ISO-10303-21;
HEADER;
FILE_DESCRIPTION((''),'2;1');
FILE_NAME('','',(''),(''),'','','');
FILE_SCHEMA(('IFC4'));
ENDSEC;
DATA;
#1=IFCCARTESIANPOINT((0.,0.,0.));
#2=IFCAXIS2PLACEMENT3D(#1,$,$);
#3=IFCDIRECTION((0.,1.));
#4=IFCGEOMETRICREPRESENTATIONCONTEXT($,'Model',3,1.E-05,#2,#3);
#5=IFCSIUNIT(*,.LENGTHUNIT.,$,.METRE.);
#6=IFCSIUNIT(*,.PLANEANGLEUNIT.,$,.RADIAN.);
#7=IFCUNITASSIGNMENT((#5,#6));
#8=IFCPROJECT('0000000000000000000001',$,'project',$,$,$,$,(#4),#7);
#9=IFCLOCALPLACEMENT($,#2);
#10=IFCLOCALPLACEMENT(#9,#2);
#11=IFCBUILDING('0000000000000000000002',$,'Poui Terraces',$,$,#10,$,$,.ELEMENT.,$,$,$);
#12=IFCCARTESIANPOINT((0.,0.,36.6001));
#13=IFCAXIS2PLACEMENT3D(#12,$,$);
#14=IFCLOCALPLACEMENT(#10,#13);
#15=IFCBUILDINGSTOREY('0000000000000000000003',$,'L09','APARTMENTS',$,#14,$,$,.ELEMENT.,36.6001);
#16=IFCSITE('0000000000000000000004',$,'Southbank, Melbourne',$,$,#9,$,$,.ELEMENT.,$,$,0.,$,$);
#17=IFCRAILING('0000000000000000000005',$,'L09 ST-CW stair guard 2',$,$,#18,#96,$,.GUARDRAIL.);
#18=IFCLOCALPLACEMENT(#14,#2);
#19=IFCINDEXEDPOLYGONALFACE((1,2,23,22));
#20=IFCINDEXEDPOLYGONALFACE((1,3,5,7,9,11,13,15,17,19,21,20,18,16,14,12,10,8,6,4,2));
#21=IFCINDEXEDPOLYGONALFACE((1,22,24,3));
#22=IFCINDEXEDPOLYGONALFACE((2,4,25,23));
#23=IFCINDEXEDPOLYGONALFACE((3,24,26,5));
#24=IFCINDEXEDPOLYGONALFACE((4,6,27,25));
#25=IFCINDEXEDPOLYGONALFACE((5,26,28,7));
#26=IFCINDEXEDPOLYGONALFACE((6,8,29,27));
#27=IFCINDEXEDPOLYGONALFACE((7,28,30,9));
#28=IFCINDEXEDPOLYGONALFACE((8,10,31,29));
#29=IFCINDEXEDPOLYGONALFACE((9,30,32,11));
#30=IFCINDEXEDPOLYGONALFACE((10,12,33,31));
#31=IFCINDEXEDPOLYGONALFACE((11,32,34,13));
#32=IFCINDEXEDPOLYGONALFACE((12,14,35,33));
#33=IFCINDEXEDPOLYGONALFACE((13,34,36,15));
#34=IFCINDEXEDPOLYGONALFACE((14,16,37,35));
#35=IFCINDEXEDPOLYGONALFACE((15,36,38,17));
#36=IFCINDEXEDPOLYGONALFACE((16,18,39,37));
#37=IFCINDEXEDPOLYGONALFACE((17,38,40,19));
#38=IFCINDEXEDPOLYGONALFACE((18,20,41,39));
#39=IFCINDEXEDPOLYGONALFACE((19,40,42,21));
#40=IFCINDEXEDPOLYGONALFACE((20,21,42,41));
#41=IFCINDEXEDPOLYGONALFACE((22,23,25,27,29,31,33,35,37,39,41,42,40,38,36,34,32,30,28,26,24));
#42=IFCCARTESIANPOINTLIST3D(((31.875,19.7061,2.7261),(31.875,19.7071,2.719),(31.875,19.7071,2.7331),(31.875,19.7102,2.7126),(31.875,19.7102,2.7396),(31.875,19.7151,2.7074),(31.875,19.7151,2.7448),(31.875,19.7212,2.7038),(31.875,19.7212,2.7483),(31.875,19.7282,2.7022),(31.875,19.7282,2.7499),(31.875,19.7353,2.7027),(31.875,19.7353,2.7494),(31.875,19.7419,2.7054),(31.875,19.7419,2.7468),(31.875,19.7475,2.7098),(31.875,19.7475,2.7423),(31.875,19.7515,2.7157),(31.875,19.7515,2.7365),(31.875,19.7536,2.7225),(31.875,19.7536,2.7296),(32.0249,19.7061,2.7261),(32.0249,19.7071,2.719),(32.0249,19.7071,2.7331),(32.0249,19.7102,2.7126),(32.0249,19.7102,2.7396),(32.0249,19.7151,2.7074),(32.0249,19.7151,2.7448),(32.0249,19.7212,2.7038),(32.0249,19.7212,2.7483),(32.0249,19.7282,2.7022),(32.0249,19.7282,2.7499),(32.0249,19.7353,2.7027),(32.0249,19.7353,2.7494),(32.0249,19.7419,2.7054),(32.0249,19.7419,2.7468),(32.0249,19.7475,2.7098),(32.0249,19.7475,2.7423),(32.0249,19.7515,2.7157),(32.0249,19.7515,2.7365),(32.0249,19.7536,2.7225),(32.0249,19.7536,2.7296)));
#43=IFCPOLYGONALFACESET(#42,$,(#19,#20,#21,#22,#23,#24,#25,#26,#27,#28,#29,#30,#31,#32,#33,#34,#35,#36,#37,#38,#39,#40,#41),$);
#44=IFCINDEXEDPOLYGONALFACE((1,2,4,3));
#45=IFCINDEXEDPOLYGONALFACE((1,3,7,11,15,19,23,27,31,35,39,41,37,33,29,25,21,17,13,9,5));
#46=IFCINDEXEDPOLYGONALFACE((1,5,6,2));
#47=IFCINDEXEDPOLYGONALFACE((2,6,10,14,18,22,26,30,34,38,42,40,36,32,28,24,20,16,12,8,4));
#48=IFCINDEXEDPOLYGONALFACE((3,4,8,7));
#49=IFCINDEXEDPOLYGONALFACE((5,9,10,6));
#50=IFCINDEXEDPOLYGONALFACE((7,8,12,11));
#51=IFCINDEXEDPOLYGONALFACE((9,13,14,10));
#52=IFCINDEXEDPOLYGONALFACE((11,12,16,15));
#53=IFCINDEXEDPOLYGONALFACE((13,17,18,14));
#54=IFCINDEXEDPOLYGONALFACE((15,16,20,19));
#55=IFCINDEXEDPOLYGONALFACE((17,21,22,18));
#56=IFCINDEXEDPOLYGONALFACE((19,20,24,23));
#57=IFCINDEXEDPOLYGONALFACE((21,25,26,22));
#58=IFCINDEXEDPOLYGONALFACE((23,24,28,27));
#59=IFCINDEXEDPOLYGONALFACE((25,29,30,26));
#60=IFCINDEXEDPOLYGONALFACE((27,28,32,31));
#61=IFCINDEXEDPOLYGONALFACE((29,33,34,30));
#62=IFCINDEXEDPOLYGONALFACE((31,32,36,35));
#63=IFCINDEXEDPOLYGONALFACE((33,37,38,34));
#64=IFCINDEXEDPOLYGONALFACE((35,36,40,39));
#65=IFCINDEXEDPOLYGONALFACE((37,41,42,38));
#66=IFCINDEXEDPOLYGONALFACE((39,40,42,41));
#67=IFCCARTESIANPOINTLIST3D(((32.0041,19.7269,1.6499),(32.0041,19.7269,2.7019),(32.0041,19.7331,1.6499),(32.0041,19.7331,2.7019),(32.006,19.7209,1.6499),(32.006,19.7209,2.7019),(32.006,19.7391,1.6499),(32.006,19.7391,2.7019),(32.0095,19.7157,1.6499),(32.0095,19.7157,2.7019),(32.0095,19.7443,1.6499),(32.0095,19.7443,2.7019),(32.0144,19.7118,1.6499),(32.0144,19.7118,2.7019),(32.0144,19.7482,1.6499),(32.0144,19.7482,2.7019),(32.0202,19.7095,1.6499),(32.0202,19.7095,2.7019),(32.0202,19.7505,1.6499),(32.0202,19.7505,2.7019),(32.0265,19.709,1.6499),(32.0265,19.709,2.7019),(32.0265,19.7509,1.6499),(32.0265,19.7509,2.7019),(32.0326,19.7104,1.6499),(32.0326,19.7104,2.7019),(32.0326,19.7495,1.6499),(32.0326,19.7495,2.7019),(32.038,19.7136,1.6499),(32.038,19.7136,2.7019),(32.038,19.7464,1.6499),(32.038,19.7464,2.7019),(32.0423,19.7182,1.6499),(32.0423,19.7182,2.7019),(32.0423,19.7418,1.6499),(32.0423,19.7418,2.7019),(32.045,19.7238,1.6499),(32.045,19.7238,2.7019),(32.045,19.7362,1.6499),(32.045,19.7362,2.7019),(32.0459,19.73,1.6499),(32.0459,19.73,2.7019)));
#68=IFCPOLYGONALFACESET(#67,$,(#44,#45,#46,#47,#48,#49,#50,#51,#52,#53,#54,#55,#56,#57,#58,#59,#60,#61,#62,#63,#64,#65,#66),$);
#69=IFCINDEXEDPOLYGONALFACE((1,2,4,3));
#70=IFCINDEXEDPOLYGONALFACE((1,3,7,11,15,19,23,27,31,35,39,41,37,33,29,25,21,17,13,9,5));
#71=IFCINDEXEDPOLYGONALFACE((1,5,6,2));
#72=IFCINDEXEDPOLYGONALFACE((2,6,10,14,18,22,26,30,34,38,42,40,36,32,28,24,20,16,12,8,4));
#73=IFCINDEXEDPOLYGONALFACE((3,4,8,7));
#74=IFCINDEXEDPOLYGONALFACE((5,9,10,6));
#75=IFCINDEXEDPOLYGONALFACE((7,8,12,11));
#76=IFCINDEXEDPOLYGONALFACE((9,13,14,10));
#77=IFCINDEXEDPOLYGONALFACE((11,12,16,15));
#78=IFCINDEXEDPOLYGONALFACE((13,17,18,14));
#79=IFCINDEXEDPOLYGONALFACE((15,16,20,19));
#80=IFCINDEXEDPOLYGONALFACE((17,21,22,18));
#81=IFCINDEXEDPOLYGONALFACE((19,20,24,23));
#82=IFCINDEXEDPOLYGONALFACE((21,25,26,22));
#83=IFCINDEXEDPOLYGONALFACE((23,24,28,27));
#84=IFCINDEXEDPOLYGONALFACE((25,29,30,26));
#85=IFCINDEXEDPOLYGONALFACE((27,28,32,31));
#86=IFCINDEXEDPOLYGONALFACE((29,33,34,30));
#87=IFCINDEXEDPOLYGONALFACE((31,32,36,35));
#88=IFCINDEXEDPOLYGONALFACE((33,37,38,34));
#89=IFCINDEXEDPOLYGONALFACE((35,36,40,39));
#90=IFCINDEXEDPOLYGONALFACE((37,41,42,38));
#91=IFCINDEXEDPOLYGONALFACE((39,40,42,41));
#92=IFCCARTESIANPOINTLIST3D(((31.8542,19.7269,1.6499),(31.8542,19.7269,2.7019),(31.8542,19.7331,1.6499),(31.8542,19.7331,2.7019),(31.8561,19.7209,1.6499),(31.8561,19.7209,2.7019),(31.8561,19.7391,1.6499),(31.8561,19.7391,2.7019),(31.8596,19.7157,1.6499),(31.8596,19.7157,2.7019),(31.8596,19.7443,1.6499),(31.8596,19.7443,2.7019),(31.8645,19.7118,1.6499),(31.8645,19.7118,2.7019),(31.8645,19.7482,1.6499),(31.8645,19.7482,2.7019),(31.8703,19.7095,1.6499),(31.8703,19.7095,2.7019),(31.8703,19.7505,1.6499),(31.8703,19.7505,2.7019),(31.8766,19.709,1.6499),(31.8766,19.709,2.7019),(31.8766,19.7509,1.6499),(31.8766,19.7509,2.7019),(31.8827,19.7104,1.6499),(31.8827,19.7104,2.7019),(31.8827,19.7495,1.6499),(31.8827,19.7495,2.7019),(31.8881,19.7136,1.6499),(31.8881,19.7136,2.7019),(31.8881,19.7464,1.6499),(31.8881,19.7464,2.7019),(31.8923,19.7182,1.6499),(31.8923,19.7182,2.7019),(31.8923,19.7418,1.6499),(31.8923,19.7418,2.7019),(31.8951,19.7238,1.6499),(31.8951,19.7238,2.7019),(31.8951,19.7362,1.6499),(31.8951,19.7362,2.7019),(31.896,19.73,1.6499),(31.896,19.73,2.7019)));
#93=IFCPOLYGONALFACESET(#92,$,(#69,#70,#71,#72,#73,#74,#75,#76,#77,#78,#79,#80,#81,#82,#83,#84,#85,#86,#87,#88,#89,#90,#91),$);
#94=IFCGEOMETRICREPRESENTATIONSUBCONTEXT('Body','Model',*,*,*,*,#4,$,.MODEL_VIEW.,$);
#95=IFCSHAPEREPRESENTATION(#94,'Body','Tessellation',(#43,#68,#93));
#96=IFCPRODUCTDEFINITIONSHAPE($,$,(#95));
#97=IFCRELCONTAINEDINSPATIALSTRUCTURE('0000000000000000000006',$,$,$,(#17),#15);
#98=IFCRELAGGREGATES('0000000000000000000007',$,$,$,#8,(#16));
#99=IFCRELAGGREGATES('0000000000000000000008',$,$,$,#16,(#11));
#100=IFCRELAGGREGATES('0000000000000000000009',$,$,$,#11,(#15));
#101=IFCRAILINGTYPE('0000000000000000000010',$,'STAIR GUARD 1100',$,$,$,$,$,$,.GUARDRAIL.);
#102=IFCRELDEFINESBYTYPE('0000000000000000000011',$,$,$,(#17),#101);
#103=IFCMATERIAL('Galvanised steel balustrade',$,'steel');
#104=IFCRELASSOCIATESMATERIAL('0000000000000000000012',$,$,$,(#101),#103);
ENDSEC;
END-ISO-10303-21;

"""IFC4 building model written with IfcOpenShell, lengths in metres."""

from ifc_helpers import new_model, si_unit, direction, frame, origin, origin_2d, place, context, subcontext, project, spatial, circle, extrude, material, type_object, element, save


model = new_model("IFC4")

# Units and contexts
model_context = context("Model", 3, precision=1e-05, world=origin(), true_north=direction((0.0, 1.0)))
body_context = subcontext(model_context, "Body", "Model", "MODEL_VIEW")
ifc_project = project(units=[si_unit("LENGTHUNIT", "METRE"), si_unit("PLANEANGLEUNIT", "RADIAN")], contexts=[model_context])

# Site, building, storey
site_placement = place(None, origin())
site = spatial("IfcSite", under=ifc_project, at=site_placement, Name="Southbank, Melbourne", CompositionType="ELEMENT", RefElevation=0.0)
building_placement = place(site_placement, origin())
building = spatial("IfcBuilding", under=site, at=building_placement, Name="Poui Terraces", CompositionType="ELEMENT")
storey_placement = place(building_placement, frame((0.0, 0.0, 36.6001)))
storey = spatial("IfcBuildingStorey", under=building, at=storey_placement, Name="L09", Description="APARTMENTS", CompositionType="ELEMENT", Elevation=36.6001)

# Railing
ifc_material_1 = material(Name="Galvanised steel balustrade", Category="steel")
railing_type_1 = type_object("IfcRailingType", Name="STAIR GUARD 1100", PredefinedType="GUARDRAIL", material=ifc_material_1)
railing_1_placement = place(storey_placement, frame((32.0249, 19.73, 1.6499)))
element("IfcRailing", 1, at=railing_1_placement, inside=storey, type_object=railing_type_1, Name="L09 ST-CW stair guard 2", PredefinedType="GUARDRAIL", context=body_context, shape_type="SweptSolid", body=[
    extrude(circle(Radius=0.0239, at=origin_2d()), frame((0.0, 0.0, 1.0762), z_axis=(-1.0, 0.0, 0.0), x_axis=(0.0, -1.0, 0.0)), (0.0, 0.0, 1.0), 0.1499),
    extrude(circle(Radius=0.021, at=origin_2d()), origin(), (0.0, 0.0, 1.0), 1.052),
    extrude(circle(Radius=0.021, at=origin_2d()), frame((-0.1499, 0.0, 0.0)), (0.0, 0.0, 1.0), 1.052),
])

save(model, "model.ifc")
